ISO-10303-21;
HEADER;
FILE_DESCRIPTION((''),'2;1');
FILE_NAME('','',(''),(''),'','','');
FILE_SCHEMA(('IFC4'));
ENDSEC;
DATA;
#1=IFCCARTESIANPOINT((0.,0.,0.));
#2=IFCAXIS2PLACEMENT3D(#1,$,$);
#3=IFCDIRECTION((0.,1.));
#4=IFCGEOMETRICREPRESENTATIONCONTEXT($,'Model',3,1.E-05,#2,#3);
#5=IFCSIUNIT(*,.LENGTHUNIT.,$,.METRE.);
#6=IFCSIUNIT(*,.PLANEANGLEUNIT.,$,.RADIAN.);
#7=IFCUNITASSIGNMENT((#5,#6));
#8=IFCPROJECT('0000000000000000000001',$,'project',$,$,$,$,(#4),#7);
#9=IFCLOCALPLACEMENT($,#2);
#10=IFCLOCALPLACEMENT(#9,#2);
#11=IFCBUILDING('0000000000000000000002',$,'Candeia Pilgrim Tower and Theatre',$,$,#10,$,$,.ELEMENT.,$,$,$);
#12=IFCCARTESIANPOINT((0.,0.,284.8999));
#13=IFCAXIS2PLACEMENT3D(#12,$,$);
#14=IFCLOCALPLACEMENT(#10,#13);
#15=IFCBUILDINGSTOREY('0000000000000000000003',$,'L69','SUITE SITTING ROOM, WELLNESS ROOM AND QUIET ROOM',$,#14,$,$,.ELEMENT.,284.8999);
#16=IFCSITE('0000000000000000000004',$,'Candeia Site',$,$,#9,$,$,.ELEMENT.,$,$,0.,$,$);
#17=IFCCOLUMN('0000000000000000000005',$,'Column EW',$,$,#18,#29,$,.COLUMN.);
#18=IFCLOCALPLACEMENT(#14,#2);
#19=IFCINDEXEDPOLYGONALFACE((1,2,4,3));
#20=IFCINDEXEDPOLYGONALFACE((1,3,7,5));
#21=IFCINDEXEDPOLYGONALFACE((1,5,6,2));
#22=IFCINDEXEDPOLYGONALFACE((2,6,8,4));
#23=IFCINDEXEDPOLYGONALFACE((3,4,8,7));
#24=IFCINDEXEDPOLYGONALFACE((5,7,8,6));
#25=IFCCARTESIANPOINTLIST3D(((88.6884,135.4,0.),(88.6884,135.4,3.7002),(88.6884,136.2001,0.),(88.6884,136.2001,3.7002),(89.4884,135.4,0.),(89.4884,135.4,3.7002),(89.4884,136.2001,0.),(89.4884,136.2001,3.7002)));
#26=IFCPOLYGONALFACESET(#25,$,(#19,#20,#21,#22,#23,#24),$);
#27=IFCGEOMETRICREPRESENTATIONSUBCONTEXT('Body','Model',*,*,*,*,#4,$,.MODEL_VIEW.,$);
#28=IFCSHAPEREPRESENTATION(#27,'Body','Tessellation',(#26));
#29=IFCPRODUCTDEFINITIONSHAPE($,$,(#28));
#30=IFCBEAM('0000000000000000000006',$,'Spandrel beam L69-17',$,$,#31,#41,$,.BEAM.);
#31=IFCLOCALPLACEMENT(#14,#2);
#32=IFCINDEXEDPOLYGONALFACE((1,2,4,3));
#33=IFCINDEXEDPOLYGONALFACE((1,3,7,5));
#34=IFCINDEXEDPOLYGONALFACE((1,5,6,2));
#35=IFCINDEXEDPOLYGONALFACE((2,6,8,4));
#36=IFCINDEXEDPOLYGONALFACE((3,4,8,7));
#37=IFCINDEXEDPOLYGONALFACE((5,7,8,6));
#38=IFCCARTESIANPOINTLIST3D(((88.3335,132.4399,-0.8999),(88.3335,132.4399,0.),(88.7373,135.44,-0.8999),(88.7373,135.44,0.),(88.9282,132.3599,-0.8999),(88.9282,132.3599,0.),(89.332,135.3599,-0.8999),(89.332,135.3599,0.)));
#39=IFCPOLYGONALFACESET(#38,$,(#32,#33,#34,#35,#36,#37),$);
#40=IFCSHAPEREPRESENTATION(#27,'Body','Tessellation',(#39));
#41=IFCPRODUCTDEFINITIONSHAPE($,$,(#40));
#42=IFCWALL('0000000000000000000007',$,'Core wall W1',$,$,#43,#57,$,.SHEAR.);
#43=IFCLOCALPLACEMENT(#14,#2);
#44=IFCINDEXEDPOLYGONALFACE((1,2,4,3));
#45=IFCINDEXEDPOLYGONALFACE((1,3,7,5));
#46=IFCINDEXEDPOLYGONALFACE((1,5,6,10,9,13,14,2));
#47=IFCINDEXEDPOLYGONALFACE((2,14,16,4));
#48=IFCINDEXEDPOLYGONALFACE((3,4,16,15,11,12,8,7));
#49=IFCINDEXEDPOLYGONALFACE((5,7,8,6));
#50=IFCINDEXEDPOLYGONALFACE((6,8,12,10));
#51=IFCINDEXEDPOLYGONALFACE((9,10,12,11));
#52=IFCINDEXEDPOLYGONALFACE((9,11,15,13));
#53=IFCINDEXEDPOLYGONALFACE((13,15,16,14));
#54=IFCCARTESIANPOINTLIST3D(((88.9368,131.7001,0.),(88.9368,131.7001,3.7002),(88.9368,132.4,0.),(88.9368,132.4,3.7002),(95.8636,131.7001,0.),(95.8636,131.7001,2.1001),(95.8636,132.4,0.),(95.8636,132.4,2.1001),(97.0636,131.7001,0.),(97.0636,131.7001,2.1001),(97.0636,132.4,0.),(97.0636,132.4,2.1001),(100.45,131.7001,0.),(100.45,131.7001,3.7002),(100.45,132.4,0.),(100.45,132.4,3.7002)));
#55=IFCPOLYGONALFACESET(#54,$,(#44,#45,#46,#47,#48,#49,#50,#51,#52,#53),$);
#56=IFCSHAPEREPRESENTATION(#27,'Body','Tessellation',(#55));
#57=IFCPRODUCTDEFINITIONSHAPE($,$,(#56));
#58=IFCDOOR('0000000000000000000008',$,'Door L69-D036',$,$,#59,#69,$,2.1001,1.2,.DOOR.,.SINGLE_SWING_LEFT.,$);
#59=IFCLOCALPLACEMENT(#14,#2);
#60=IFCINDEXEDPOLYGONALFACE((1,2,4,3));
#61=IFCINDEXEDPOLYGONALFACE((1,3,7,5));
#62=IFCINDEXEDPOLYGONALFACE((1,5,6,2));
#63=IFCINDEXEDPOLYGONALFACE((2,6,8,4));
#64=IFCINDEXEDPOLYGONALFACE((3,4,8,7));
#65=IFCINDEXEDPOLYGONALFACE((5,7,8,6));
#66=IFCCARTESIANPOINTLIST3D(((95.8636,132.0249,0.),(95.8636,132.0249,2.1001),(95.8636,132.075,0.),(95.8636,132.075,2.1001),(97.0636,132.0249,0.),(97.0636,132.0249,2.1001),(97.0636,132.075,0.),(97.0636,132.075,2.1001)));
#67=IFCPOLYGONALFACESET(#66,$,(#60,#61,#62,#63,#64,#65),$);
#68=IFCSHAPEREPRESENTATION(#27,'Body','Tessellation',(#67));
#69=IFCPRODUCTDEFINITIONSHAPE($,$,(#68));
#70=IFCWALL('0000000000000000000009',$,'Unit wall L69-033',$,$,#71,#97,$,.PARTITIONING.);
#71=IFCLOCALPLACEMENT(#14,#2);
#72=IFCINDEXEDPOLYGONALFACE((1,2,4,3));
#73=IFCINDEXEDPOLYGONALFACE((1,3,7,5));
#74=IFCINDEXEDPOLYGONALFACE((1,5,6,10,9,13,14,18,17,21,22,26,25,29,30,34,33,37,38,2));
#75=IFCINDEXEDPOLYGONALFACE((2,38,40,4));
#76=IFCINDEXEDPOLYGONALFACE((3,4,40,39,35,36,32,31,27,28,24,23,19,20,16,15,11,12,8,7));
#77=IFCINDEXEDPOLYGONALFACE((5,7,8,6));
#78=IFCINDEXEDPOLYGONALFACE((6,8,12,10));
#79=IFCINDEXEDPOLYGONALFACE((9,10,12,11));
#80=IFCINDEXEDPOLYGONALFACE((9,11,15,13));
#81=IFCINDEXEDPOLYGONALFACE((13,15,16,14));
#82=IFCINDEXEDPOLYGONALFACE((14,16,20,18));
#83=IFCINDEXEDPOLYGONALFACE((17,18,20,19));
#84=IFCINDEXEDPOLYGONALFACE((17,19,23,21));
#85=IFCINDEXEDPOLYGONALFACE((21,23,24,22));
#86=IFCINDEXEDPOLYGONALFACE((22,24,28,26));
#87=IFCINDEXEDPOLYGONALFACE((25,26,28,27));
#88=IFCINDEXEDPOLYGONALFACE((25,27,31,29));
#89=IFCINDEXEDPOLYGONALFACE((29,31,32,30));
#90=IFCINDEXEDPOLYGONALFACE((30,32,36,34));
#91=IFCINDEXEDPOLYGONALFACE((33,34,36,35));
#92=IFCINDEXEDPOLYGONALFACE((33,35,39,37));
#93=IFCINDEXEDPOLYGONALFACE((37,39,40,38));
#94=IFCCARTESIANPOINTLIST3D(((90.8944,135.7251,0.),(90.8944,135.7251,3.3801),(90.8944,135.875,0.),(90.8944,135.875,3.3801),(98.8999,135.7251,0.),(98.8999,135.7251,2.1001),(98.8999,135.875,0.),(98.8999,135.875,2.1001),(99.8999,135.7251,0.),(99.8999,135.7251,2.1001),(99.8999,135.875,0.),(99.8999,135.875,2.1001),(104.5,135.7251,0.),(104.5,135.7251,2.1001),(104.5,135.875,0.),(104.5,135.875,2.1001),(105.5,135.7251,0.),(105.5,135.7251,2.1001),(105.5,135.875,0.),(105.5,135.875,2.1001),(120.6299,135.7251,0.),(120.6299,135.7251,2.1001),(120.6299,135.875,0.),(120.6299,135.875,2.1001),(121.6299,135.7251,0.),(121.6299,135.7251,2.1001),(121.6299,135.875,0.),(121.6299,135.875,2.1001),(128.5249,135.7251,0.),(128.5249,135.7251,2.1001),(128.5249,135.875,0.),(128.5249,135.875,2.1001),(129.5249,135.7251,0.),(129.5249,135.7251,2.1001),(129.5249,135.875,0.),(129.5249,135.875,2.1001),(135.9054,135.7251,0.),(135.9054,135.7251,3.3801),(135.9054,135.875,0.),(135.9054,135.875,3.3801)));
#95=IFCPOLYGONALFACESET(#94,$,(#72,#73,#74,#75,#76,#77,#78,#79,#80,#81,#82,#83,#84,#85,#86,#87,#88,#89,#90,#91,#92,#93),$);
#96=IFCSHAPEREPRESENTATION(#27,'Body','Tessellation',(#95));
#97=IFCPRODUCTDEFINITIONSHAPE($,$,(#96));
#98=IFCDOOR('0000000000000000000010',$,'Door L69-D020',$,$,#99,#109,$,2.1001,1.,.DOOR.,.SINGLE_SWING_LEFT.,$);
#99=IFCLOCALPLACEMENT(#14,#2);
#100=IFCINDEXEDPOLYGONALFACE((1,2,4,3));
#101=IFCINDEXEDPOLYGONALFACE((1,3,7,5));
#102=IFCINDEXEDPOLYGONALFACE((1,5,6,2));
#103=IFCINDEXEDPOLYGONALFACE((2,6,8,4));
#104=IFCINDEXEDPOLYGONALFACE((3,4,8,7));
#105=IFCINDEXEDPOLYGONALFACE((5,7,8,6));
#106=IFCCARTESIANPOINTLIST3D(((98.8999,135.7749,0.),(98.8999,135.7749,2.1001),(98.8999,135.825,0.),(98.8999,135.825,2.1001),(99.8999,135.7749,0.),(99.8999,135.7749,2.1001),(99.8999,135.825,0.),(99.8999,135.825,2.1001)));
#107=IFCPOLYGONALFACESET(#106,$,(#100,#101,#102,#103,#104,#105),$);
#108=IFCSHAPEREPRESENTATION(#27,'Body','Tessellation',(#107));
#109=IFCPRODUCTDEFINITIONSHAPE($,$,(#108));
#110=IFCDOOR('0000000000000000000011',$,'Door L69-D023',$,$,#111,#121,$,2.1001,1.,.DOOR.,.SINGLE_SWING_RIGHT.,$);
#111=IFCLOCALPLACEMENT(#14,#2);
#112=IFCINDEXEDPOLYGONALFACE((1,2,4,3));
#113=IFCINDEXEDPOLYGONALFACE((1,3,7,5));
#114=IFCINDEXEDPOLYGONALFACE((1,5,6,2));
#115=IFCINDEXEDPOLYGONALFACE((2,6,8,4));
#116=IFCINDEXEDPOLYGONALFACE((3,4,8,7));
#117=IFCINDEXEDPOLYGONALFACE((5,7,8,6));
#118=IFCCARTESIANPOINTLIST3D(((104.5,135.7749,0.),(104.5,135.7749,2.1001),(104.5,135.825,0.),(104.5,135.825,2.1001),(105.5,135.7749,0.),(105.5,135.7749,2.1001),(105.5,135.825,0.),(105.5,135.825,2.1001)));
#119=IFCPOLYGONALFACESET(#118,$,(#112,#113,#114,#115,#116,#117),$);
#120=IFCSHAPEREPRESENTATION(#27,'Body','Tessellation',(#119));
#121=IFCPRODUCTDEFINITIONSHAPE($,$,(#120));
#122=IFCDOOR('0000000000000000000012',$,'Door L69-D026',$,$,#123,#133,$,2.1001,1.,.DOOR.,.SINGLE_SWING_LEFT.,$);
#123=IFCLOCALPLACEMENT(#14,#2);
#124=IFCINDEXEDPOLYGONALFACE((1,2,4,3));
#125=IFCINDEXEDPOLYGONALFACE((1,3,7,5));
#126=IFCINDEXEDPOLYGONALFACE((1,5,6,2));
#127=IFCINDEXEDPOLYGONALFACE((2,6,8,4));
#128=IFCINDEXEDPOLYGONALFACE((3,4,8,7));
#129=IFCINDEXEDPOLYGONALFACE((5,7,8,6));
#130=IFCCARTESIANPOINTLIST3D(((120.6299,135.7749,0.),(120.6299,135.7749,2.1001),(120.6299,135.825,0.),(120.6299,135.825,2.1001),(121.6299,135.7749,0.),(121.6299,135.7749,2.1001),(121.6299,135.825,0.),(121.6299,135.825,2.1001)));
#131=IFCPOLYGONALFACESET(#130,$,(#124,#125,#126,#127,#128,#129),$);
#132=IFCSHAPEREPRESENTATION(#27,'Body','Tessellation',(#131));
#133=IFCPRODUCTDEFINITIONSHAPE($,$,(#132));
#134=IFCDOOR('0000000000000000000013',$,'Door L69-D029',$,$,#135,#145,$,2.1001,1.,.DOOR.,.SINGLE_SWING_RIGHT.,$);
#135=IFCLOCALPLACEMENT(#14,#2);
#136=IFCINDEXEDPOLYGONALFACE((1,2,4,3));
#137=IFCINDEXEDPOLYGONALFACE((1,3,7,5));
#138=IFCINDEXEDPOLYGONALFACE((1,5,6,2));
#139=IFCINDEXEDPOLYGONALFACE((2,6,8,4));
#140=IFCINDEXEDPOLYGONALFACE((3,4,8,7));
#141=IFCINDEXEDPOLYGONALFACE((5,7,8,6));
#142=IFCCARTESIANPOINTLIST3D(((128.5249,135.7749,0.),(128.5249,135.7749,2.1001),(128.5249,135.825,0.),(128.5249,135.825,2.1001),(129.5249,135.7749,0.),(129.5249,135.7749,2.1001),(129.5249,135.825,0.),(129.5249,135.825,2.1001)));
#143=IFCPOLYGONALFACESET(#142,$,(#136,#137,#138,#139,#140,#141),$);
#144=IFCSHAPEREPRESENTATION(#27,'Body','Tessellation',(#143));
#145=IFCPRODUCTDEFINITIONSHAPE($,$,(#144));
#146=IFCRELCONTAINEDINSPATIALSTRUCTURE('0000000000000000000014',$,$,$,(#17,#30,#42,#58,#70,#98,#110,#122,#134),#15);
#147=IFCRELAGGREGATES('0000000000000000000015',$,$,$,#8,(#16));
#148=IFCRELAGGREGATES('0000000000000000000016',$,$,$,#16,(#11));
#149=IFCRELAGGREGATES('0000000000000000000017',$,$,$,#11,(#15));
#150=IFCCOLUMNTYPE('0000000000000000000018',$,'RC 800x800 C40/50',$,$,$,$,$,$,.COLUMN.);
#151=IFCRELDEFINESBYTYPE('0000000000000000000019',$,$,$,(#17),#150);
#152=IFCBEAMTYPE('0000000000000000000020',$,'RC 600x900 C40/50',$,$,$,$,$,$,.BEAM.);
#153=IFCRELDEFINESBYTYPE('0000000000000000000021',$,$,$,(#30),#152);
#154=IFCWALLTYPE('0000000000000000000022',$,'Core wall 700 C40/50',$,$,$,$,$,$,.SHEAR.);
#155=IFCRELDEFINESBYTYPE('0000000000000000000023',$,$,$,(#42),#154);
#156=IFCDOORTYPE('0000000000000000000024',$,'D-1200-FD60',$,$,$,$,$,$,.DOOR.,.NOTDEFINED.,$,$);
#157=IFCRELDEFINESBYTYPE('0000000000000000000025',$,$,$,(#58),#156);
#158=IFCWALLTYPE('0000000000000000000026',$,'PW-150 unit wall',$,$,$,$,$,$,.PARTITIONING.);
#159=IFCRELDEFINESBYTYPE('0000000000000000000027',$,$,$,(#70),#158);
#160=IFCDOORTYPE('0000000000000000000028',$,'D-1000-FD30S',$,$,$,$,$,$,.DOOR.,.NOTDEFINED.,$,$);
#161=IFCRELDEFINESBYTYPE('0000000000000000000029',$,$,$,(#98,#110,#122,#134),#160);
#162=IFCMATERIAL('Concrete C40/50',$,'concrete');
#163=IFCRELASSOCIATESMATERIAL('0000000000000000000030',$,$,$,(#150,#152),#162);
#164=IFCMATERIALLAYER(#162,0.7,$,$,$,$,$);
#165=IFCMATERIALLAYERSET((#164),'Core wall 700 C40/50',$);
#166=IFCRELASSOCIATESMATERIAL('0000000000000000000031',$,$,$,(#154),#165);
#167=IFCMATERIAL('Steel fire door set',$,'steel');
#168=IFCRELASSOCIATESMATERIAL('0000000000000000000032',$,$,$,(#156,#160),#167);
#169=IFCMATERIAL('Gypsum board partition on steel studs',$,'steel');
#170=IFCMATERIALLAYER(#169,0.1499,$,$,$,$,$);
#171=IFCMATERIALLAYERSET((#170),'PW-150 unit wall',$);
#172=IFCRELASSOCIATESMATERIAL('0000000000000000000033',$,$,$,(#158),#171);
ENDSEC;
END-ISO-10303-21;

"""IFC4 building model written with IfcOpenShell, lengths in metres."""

from ifc_helpers import new_model, si_unit, direction, frame, frame_2d, origin, origin_2d, place, context, subcontext, project, spatial, rectangle, extrude, material, layer, layer_set, material_profile, profile_set, type_object, element, fill, save


model = new_model("IFC4")

# Units and contexts
model_context = context("Model", 3, precision=1e-05, world=origin(), true_north=direction((0.0, 1.0)))
body_context = subcontext(model_context, "Body", "Model", "MODEL_VIEW")
ifc_project = project(units=[si_unit("LENGTHUNIT", "METRE"), si_unit("PLANEANGLEUNIT", "RADIAN")], contexts=[model_context])

# Site, building, storey
site_placement = place(None, origin())
site = spatial("IfcSite", under=ifc_project, at=site_placement, Name="Candeia Site", CompositionType="ELEMENT", RefElevation=0.0)
building_placement = place(site_placement, origin())
building = spatial("IfcBuilding", under=site, at=building_placement, Name="Candeia Pilgrim Tower and Theatre", CompositionType="ELEMENT")
storey_placement = place(building_placement, frame((0.0, 0.0, 284.8999)))
storey = spatial("IfcBuildingStorey", under=building, at=storey_placement, Name="L69", Description="SUITE SITTING ROOM, WELLNESS ROOM AND QUIET ROOM", CompositionType="ELEMENT", Elevation=284.8999)

# Column
ifc_material_1 = material(Name="Concrete C40/50", Category="concrete")
ifc_material_profile_1 = material_profile(ifc_material_1, rectangle(XDim=0.8, YDim=0.8, at=origin_2d()))
ifc_profile_set_1 = profile_set([ifc_material_profile_1], Name="Concrete C40/50")
column_type = type_object("IfcColumnType", Name="RC 800x800 C40/50", PredefinedType="COLUMN", material=ifc_profile_set_1)
column_placement = place(storey_placement, frame((89.0884, 135.8, 0.0), z_axis=(0.0, 0.0, 1.0), x_axis=(1.0, 0.0, 0.0)))
element("IfcColumn", 1, at=column_placement, inside=storey, type_object=column_type, Name="Column EW", PredefinedType="COLUMN", context=body_context, shape_type="SweptSolid", body=[
    extrude(rectangle(XDim=0.8, YDim=0.8, at=origin_2d()), origin(), (0.0, 0.0, 1.0), 3.7002),
])

# Beam
ifc_material_profile_2 = material_profile(ifc_material_1, rectangle(XDim=0.6001, YDim=0.8999, at=origin_2d()))
ifc_profile_set_2 = profile_set([ifc_material_profile_2], Name="Concrete C40/50")
beam_type = type_object("IfcBeamType", Name="RC 600x900 C40/50", PredefinedType="BEAM", material=ifc_profile_set_2)
beam_placement = place(storey_placement, frame((88.6309, 132.3999, -0.45), z_axis=(0.1334, 0.991062, 0.0), x_axis=(-0.991062, 0.1334, 0.0)))
element("IfcBeam", 2, at=beam_placement, inside=storey, type_object=beam_type, Name="Spandrel beam L69-17", PredefinedType="BEAM", context=body_context, shape_type="SweptSolid", body=[
    extrude(rectangle(XDim=0.6001, YDim=0.8999, at=origin_2d()), origin(), (0.0, 0.0, 1.0), 3.0271),
])

# Wall, opening, door
ifc_layer_1 = layer(ifc_material_1, 0.7)
ifc_layer_set_1 = layer_set([ifc_layer_1], Name="Core wall 700 C40/50")
wall_type_1 = type_object("IfcWallType", Name="Core wall 700 C40/50", PredefinedType="SHEAR", material=ifc_layer_set_1)
wall_1_placement = place(storey_placement, frame((88.9368, 132.05, 0.0), z_axis=(0.0, 0.0, 1.0), x_axis=(1.0, 0.0, 0.0)))
wall_1 = element("IfcWall", 3, at=wall_1_placement, inside=storey, type_object=wall_type_1, Name="Core wall W1", PredefinedType="SHEAR", context=body_context, shape_type="SweptSolid", body=[
    extrude(rectangle(XDim=11.5132, YDim=0.7, at=frame_2d((5.7566, 0.0))), origin(), (0.0, 0.0, 1.0), 3.7002),
])
opening_1_placement = place(wall_1_placement, frame((6.9268, 0.0, 0.0)))
opening_1 = element("IfcOpeningElement", 4, at=opening_1_placement, cuts=wall_1, PredefinedType="OPENING", context=body_context, shape_type="SweptSolid", body=[
    extrude(rectangle(XDim=1.2, YDim=2.1001, at=frame_2d((0.6001, 1.05))), frame((0.0, 0.3599, 0.0), z_axis=(0.0, -1.0, 0.0), x_axis=(1.0, 0.0, 0.0)), (0.0, 0.0, 1.0), 0.72),
])
ifc_material_2 = material(Name="Steel fire door set", Category="steel")
door_type_1 = type_object("IfcDoorType", Name="D-1200-FD60", OperationType="NOTDEFINED", PredefinedType="DOOR", material=ifc_material_2)
door_1_placement = place(opening_1_placement, origin())
door_1 = element("IfcDoor", 5, at=door_1_placement, inside=storey, type_object=door_type_1, Name="Door L69-D036", OperationType="SINGLE_SWING_LEFT", OverallHeight=2.1001, OverallWidth=1.2, PredefinedType="DOOR", context=body_context, shape_type="SweptSolid", body=[
    extrude(rectangle(XDim=1.2, YDim=2.1001, at=frame_2d((0.6001, 1.05))), frame((0.0, 0.0249, 0.0), z_axis=(0.0, -1.0, 0.0), x_axis=(1.0, 0.0, 0.0)), (0.0, 0.0, 1.0), 0.05),
])
fill(opening_1, door_1)

# Wall, openings, doors
ifc_material_3 = material(Name="Gypsum board partition on steel studs", Category="steel")
ifc_layer_2 = layer(ifc_material_3, 0.1499)
ifc_layer_set_2 = layer_set([ifc_layer_2], Name="PW-150 unit wall")
wall_type_2 = type_object("IfcWallType", Name="PW-150 unit wall", PredefinedType="PARTITIONING", material=ifc_layer_set_2)
wall_2_placement = place(storey_placement, frame((90.8945, 135.8, 0.0), z_axis=(0.0, 0.0, 1.0), x_axis=(1.0, 0.0, 0.0)))
wall_2 = element("IfcWall", 6, at=wall_2_placement, inside=storey, type_object=wall_type_2, Name="Unit wall L69-033", PredefinedType="PARTITIONING", context=body_context, shape_type="SweptSolid", body=[
    extrude(rectangle(XDim=45.011, YDim=0.1499, at=frame_2d((22.5054, 0.0))), origin(), (0.0, 0.0, 1.0), 3.3801),
])
opening_2_placement = place(wall_2_placement, frame((8.0054, 0.0, 0.0)))
opening_2 = element("IfcOpeningElement", 7, at=opening_2_placement, cuts=wall_2, PredefinedType="OPENING", context=body_context, shape_type="SweptSolid", body=[
    extrude(rectangle(XDim=1.0, YDim=2.1001, at=frame_2d((0.5, 1.05))), frame((0.0, 0.085, 0.0), z_axis=(0.0, -1.0, 0.0), x_axis=(1.0, 0.0, 0.0)), (0.0, 0.0, 1.0), 0.1699),
])
opening_3_placement = place(wall_2_placement, frame((13.6055, 0.0, 0.0)))
opening_3 = element("IfcOpeningElement", 8, at=opening_3_placement, cuts=wall_2, PredefinedType="OPENING", context=body_context, shape_type="SweptSolid", body=[
    extrude(rectangle(XDim=1.0, YDim=2.1001, at=frame_2d((0.5, 1.05))), frame((0.0, 0.085, 0.0), z_axis=(0.0, -1.0, 0.0), x_axis=(1.0, 0.0, 0.0)), (0.0, 0.0, 1.0), 0.1699),
])
opening_4_placement = place(wall_2_placement, frame((29.7354, 0.0, 0.0)))
opening_4 = element("IfcOpeningElement", 9, at=opening_4_placement, cuts=wall_2, PredefinedType="OPENING", context=body_context, shape_type="SweptSolid", body=[
    extrude(rectangle(XDim=1.0, YDim=2.1001, at=frame_2d((0.5, 1.05))), frame((0.0, 0.085, 0.0), z_axis=(0.0, -1.0, 0.0), x_axis=(1.0, 0.0, 0.0)), (0.0, 0.0, 1.0), 0.1699),
])
opening_5_placement = place(wall_2_placement, frame((37.6304, 0.0, 0.0)))
opening_5 = element("IfcOpeningElement", 10, at=opening_5_placement, cuts=wall_2, PredefinedType="OPENING", context=body_context, shape_type="SweptSolid", body=[
    extrude(rectangle(XDim=1.0, YDim=2.1001, at=frame_2d((0.5, 1.05))), frame((0.0, 0.085, 0.0), z_axis=(0.0, -1.0, 0.0), x_axis=(1.0, 0.0, 0.0)), (0.0, 0.0, 1.0), 0.1699),
])
door_type_2 = type_object("IfcDoorType", Name="D-1000-FD30S", OperationType="NOTDEFINED", PredefinedType="DOOR", material=ifc_material_2)
door_2_placement = place(opening_2_placement, origin())
door_2 = element("IfcDoor", 11, at=door_2_placement, inside=storey, type_object=door_type_2, Name="Door L69-D020", OperationType="SINGLE_SWING_LEFT", OverallHeight=2.1001, OverallWidth=1.0, PredefinedType="DOOR", context=body_context, shape_type="SweptSolid", body=[
    extrude(rectangle(XDim=1.0, YDim=2.1001, at=frame_2d((0.5, 1.05))), frame((0.0, 0.0249, 0.0), z_axis=(0.0, -1.0, 0.0), x_axis=(1.0, 0.0, 0.0)), (0.0, 0.0, 1.0), 0.05),
])
fill(opening_2, door_2)
door_3_placement = place(opening_3_placement, origin())
door_3 = element("IfcDoor", 12, at=door_3_placement, inside=storey, type_object=door_type_2, Name="Door L69-D023", OperationType="SINGLE_SWING_RIGHT", OverallHeight=2.1001, OverallWidth=1.0, PredefinedType="DOOR", context=body_context, shape_type="SweptSolid", body=[
    extrude(rectangle(XDim=1.0, YDim=2.1001, at=frame_2d((0.5, 1.05))), frame((0.0, 0.0249, 0.0), z_axis=(0.0, -1.0, 0.0), x_axis=(1.0, 0.0, 0.0)), (0.0, 0.0, 1.0), 0.05),
])
fill(opening_3, door_3)
door_4_placement = place(opening_4_placement, origin())
door_4 = element("IfcDoor", 13, at=door_4_placement, inside=storey, type_object=door_type_2, Name="Door L69-D026", OperationType="SINGLE_SWING_LEFT", OverallHeight=2.1001, OverallWidth=1.0, PredefinedType="DOOR", context=body_context, shape_type="SweptSolid", body=[
    extrude(rectangle(XDim=1.0, YDim=2.1001, at=frame_2d((0.5, 1.05))), frame((0.0, 0.0249, 0.0), z_axis=(0.0, -1.0, 0.0), x_axis=(1.0, 0.0, 0.0)), (0.0, 0.0, 1.0), 0.05),
])
fill(opening_4, door_4)
door_5_placement = place(opening_5_placement, origin())
door_5 = element("IfcDoor", 14, at=door_5_placement, inside=storey, type_object=door_type_2, Name="Door L69-D029", OperationType="SINGLE_SWING_RIGHT", OverallHeight=2.1001, OverallWidth=1.0, PredefinedType="DOOR", context=body_context, shape_type="SweptSolid", body=[
    extrude(rectangle(XDim=1.0, YDim=2.1001, at=frame_2d((0.5, 1.05))), frame((0.0, 0.0249, 0.0), z_axis=(0.0, -1.0, 0.0), x_axis=(1.0, 0.0, 0.0)), (0.0, 0.0, 1.0), 0.05),
])
fill(opening_5, door_5)

save(model, "model.ifc")
